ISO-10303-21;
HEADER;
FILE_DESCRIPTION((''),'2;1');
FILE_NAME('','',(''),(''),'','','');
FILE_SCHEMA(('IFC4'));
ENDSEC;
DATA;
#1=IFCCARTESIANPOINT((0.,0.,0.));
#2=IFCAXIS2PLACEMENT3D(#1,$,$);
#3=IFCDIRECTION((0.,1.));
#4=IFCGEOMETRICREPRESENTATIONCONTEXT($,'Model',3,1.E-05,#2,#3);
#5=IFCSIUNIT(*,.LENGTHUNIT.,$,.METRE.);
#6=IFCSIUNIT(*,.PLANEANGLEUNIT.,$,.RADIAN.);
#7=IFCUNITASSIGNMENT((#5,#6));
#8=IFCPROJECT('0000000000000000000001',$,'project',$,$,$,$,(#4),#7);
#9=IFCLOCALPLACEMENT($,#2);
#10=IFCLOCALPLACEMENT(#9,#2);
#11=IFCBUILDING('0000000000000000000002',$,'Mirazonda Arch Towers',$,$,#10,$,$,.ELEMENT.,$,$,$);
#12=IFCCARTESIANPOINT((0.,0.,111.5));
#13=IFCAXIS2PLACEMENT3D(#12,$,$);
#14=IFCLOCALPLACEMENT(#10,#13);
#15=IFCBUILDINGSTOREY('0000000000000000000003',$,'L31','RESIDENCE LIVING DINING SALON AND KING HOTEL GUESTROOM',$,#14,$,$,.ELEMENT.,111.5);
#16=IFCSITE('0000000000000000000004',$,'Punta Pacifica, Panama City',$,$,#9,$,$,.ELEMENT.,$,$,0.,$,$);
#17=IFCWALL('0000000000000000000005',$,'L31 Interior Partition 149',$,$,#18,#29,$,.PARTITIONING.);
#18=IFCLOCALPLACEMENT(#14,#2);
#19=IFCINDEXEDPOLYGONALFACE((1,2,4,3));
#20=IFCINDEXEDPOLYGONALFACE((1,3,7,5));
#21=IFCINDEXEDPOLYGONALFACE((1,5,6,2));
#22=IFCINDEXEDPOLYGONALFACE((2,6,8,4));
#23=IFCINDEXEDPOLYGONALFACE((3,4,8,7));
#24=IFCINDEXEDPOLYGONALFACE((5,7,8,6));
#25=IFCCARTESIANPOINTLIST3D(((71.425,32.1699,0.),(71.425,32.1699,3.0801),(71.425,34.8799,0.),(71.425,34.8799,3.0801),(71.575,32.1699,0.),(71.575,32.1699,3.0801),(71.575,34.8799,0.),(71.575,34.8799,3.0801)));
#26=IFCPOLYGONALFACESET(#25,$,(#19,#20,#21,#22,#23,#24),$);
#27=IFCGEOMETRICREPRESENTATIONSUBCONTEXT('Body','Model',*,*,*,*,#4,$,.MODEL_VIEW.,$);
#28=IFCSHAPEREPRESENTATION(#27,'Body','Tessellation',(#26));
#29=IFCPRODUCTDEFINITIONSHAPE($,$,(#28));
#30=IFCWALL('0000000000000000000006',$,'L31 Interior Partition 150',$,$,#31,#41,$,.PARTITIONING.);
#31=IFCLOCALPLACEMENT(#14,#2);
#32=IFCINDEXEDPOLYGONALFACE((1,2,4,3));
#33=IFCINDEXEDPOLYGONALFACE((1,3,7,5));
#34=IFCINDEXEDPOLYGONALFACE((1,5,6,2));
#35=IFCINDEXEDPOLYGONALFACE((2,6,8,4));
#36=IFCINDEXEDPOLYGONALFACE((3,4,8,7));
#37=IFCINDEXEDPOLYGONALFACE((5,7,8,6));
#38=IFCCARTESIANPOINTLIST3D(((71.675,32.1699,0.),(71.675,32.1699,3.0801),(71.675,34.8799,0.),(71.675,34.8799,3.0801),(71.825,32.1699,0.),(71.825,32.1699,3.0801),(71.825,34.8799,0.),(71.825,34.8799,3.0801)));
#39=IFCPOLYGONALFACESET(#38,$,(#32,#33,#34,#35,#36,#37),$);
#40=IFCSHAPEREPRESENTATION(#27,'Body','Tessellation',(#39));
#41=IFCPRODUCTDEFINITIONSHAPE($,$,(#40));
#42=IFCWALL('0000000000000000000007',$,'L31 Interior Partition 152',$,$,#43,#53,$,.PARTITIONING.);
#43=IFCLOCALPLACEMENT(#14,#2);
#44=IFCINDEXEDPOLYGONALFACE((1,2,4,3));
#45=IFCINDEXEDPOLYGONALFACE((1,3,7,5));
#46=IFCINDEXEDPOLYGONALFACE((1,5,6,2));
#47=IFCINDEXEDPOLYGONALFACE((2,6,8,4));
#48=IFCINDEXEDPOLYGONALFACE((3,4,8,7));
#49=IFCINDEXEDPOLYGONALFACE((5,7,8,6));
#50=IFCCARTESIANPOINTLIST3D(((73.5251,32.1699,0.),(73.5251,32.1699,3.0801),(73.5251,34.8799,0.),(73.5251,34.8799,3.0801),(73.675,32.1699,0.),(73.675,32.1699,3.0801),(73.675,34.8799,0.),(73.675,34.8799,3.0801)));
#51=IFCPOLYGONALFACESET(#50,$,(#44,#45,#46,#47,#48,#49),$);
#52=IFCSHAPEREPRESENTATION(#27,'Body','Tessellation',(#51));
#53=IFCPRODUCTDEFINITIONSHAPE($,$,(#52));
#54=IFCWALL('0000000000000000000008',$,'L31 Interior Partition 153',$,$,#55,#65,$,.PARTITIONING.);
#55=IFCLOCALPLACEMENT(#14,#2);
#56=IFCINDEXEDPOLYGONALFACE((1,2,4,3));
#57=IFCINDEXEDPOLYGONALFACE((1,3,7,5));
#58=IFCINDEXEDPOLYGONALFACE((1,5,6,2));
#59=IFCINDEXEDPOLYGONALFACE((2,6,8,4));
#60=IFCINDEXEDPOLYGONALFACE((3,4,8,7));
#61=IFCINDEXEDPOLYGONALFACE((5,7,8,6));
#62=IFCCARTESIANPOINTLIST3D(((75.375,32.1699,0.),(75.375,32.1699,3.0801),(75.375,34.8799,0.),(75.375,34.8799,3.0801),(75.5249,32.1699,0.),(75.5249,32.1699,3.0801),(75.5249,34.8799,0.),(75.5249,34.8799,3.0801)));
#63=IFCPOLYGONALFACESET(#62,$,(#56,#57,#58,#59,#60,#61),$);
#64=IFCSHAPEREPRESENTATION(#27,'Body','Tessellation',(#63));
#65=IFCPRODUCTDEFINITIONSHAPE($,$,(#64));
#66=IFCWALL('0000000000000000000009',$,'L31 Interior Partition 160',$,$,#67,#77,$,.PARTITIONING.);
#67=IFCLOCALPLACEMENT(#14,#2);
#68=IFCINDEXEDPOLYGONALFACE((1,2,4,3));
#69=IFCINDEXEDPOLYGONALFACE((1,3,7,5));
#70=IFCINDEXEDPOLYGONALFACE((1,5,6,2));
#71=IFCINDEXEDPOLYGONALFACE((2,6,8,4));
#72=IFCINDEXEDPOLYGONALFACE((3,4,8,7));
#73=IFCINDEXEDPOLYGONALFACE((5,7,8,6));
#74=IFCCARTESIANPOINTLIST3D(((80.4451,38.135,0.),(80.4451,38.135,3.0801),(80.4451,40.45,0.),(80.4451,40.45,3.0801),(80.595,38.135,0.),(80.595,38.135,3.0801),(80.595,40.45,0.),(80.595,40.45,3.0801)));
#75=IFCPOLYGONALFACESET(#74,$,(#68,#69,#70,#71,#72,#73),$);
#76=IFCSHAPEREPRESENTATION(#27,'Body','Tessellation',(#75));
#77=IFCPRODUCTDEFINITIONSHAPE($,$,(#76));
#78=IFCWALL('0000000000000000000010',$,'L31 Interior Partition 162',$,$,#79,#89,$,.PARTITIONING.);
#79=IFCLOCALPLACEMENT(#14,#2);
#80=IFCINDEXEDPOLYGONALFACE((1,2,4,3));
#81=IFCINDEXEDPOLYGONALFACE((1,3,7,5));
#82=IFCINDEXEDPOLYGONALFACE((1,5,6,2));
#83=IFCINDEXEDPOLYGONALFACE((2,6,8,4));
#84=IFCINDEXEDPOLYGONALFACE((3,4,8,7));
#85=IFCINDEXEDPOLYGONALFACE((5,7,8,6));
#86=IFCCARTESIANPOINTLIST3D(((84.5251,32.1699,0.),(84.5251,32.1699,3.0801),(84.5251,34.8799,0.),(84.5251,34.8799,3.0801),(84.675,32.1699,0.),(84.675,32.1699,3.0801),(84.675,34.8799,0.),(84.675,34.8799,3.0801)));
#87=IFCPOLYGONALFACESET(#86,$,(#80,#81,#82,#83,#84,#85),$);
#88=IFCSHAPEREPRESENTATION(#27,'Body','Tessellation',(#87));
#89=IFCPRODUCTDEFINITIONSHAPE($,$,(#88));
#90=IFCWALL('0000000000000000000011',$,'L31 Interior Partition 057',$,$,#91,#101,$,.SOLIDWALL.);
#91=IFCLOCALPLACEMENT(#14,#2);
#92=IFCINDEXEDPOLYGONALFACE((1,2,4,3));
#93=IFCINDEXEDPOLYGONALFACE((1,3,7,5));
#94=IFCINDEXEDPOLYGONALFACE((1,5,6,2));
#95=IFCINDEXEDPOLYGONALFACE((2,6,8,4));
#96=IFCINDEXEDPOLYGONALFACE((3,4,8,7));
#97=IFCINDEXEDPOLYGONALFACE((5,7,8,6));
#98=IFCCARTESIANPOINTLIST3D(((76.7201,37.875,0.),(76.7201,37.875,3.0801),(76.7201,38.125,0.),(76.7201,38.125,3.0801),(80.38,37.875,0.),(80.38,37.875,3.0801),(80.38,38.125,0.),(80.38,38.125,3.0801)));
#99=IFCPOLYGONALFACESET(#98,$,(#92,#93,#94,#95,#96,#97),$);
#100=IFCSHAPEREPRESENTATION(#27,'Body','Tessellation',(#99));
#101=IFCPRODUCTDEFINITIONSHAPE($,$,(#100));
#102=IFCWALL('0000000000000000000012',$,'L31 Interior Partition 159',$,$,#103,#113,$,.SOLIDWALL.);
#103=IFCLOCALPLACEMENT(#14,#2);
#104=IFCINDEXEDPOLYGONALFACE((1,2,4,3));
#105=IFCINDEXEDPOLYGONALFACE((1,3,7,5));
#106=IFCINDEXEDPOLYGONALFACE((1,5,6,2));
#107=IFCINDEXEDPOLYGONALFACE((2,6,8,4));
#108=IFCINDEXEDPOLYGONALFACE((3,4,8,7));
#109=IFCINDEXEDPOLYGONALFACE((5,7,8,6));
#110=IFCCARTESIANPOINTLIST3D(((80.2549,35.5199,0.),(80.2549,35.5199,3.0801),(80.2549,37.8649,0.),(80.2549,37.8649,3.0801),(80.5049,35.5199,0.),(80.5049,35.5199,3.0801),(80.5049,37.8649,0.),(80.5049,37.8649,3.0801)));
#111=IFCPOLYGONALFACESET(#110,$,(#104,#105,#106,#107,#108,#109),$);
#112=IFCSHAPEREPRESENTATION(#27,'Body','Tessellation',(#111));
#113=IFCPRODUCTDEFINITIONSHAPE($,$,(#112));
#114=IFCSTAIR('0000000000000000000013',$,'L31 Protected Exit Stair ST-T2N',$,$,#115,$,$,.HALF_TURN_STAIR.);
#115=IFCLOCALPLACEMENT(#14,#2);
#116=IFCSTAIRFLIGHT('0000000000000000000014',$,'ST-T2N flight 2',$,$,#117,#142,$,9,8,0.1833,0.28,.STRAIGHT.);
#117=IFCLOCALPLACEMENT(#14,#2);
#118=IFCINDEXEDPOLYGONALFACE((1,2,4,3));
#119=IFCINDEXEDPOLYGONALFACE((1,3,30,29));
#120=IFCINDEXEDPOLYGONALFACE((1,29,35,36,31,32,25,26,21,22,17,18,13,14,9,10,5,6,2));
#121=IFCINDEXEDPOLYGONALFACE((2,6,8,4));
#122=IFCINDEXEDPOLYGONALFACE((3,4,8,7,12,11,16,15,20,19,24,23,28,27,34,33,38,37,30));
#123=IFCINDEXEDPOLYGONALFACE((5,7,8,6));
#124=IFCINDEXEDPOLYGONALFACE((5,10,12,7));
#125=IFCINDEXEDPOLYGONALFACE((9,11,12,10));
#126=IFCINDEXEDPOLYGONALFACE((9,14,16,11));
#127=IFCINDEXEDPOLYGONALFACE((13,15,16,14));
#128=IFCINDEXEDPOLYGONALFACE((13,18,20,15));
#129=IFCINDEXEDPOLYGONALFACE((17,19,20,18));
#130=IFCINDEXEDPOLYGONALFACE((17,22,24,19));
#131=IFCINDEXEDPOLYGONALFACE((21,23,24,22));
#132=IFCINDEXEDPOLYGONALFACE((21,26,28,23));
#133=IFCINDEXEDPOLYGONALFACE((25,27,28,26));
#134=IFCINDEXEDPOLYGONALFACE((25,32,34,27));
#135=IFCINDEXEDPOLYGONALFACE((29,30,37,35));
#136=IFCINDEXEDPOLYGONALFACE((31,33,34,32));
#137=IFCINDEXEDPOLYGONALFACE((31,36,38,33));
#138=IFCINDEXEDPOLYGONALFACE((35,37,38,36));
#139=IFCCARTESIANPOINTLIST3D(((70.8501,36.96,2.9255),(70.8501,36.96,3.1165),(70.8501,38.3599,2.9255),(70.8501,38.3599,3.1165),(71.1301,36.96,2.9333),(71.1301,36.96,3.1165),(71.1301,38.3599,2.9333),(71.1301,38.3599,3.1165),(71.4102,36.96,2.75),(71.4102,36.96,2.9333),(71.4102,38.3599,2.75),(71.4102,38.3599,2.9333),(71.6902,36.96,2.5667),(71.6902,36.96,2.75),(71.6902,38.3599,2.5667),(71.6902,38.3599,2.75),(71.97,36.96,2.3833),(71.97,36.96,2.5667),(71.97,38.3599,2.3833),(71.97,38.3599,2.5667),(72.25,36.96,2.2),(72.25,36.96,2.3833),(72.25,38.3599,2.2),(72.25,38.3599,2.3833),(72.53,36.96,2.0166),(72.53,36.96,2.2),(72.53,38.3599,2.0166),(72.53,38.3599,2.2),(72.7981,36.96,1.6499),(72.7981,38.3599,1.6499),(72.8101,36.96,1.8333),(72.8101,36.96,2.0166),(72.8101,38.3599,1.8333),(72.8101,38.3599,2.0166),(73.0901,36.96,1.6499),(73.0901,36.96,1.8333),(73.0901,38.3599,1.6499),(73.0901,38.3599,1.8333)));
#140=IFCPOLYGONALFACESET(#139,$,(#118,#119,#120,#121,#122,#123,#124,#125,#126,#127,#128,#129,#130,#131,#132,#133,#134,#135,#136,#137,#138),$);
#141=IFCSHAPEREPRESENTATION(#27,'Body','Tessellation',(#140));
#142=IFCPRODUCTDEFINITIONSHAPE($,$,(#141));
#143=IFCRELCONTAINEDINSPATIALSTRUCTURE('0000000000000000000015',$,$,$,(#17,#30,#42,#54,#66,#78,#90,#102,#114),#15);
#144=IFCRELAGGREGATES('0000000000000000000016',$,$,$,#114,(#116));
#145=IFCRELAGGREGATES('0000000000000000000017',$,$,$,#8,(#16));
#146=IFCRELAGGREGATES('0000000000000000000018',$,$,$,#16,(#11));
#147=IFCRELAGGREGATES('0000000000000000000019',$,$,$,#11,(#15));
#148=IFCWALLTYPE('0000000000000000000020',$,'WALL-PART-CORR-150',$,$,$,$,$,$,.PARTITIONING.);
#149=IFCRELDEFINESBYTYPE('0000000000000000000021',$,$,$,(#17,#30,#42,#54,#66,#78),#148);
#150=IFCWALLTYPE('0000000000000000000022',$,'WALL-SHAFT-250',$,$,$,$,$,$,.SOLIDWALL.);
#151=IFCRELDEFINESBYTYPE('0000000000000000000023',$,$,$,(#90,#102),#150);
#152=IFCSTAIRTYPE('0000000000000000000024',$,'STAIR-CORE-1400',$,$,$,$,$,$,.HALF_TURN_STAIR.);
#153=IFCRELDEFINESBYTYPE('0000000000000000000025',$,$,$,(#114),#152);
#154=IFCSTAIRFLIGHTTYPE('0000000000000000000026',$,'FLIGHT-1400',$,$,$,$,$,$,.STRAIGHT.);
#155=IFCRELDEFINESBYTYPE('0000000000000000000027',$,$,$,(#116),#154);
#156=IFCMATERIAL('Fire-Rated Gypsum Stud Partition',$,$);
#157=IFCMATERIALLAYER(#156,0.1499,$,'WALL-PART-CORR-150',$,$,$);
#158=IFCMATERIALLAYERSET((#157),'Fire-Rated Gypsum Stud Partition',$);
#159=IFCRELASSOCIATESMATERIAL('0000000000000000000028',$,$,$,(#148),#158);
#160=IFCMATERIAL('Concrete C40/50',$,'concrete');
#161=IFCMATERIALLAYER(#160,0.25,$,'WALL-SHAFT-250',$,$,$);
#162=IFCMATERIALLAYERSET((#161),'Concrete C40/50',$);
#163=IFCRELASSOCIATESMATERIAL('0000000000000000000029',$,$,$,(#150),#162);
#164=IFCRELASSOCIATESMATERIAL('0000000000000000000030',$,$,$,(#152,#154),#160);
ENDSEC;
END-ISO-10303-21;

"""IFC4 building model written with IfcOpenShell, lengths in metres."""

from ifc_helpers import new_model, si_unit, direction, frame, frame_2d, origin, place, context, subcontext, project, spatial, polyline, rectangle, outline, extrude, material, layer, layer_set, type_object, element, aggregate, save


model = new_model("IFC4")

# Units and contexts
model_context = context("Model", 3, precision=1e-05, world=origin(), true_north=direction((0.0, 1.0)))
body_context = subcontext(model_context, "Body", "Model", "MODEL_VIEW")
ifc_project = project(units=[si_unit("LENGTHUNIT", "METRE"), si_unit("PLANEANGLEUNIT", "RADIAN")], contexts=[model_context])

# Site, building, storey
site_placement = place(None, origin())
site = spatial("IfcSite", under=ifc_project, at=site_placement, Name="Punta Pacifica, Panama City", CompositionType="ELEMENT", RefElevation=0.0)
building_placement = place(site_placement, origin())
building = spatial("IfcBuilding", under=site, at=building_placement, Name="Mirazonda Arch Towers", CompositionType="ELEMENT")
storey_placement = place(building_placement, frame((0.0, 0.0, 111.5)))
storey = spatial("IfcBuildingStorey", under=building, at=storey_placement, Name="L31", Description="RESIDENCE LIVING DINING SALON AND KING HOTEL GUESTROOM", CompositionType="ELEMENT", Elevation=111.5)

# Shared definitions
ifc_material_1 = material(Name="Concrete C40/50", Category="concrete")

# Walls
ifc_material_2 = material(Name="Fire-Rated Gypsum Stud Partition")
ifc_layer_1 = layer(ifc_material_2, 0.1499, Name="WALL-PART-CORR-150")
ifc_layer_set_1 = layer_set([ifc_layer_1], Name="Fire-Rated Gypsum Stud Partition")
wall_type_1 = type_object("IfcWallType", Name="WALL-PART-CORR-150", PredefinedType="PARTITIONING", material=ifc_layer_set_1)
for number, where, z_axis, x_axis, name in (
    (1, (71.5, 32.1699, 0.0), (0.0, 0.0, 1.0), (0.0, 1.0, 0.0), "L31 Interior Partition 149"),
    (2, (71.75, 32.1699, 0.0), (0.0, 0.0, 1.0), (0.0, 1.0, 0.0), "L31 Interior Partition 150"),
    (3, (73.6001, 32.1699, 0.0), (0.0, 0.0, 1.0), (0.0, 1.0, 0.0), "L31 Interior Partition 152"),
    (4, (75.45, 32.1699, 0.0), (0.0, 0.0, 1.0), (0.0, 1.0, 0.0), "L31 Interior Partition 153"),
):
    element("IfcWall", number, at=place(storey_placement, frame(where, z_axis=z_axis, x_axis=x_axis)), inside=storey, type_object=wall_type_1, Name=name, PredefinedType="PARTITIONING", context=body_context, shape_type="SweptSolid", body=[
        extrude(rectangle(XDim=2.71, YDim=0.1499, at=frame_2d((1.355, 0.0))), origin(), (0.0, 0.0, 1.0), 3.0801),
    ])
wall_1_placement = place(storey_placement, frame((80.52, 38.135, 0.0), z_axis=(0.0, 0.0, 1.0), x_axis=(0.0, 1.0, 0.0)))
element("IfcWall", 5, at=wall_1_placement, inside=storey, type_object=wall_type_1, Name="L31 Interior Partition 160", PredefinedType="PARTITIONING", context=body_context, shape_type="SweptSolid", body=[
    extrude(rectangle(XDim=2.3149, YDim=0.1499, at=frame_2d((1.1575, 0.0))), origin(), (0.0, 0.0, 1.0), 3.0801),
])
wall_2_placement = place(storey_placement, frame((84.6001, 32.1699, 0.0), z_axis=(0.0, 0.0, 1.0), x_axis=(0.0, 1.0, 0.0)))
element("IfcWall", 6, at=wall_2_placement, inside=storey, type_object=wall_type_1, Name="L31 Interior Partition 162", PredefinedType="PARTITIONING", context=body_context, shape_type="SweptSolid", body=[
    extrude(rectangle(XDim=2.71, YDim=0.1499, at=frame_2d((1.355, 0.0))), origin(), (0.0, 0.0, 1.0), 3.0801),
])
ifc_layer_2 = layer(ifc_material_1, 0.25, Name="WALL-SHAFT-250")
ifc_layer_set_2 = layer_set([ifc_layer_2], Name="Concrete C40/50")
wall_type_2 = type_object("IfcWallType", Name="WALL-SHAFT-250", PredefinedType="SOLIDWALL", material=ifc_layer_set_2)
wall_3_placement = place(storey_placement, frame((76.72, 38.0, 0.0), z_axis=(0.0, 0.0, 1.0), x_axis=(1.0, 0.0, 0.0)))
element("IfcWall", 7, at=wall_3_placement, inside=storey, type_object=wall_type_2, Name="L31 Interior Partition 057", PredefinedType="SOLIDWALL", context=body_context, shape_type="SweptSolid", body=[
    extrude(rectangle(XDim=3.6599, YDim=0.25, at=frame_2d((1.8301, 0.0))), origin(), (0.0, 0.0, 1.0), 3.0801),
])
wall_4_placement = place(storey_placement, frame((80.3799, 35.52, 0.0), z_axis=(0.0, 0.0, 1.0), x_axis=(0.0, 1.0, 0.0)))
element("IfcWall", 8, at=wall_4_placement, inside=storey, type_object=wall_type_2, Name="L31 Interior Partition 159", PredefinedType="SOLIDWALL", context=body_context, shape_type="SweptSolid", body=[
    extrude(rectangle(XDim=2.345, YDim=0.25, at=frame_2d((1.1724, 0.0))), origin(), (0.0, 0.0, 1.0), 3.0801),
])

# Stair, stair flight
stair_type = type_object("IfcStairType", Name="STAIR-CORE-1400", PredefinedType="HALF_TURN_STAIR", material=ifc_material_1)
stair_placement = place(storey_placement, origin())
stair = element("IfcStair", 9, at=stair_placement, inside=storey, type_object=stair_type, Name="L31 Protected Exit Stair ST-T2N", PredefinedType="HALF_TURN_STAIR")
stair_flight_type = type_object("IfcStairFlightType", Name="FLIGHT-1400", PredefinedType="STRAIGHT", material=ifc_material_1)
stair_flight_placement = place(storey_placement, frame((73.0901, 37.6599, 1.6499), z_axis=(0.0, 0.0, 1.0), x_axis=(-1.0, 0.0, 0.0)))
stair_flight = element("IfcStairFlight", 10, at=stair_flight_placement, type_object=stair_flight_type, Name="ST-T2N flight 2", NumberOfRisers=9, NumberOfTreads=8, PredefinedType="STRAIGHT", RiserHeight=0.1833, TreadLength=0.28, context=body_context, shape_type="SweptSolid", body=[
    extrude(outline(polyline([(0.0, 0.0), (0.0, 0.1833), (0.28, 0.1833), (0.28, 0.3667), (0.5601, 0.3667), (0.5601, 0.55), (0.8401, 0.55), (0.8401, 0.7334), (1.1201, 0.7334), (1.1201, 0.9167), (1.3999, 0.9167), (1.3999, 1.1001), (1.6799, 1.1001), (1.6799, 1.2834), (1.96, 1.2834), (1.96, 1.4666), (2.24, 1.4666), (2.24, 1.6499), (2.24, 1.2756), (0.292, 0.0), (0.0, 0.0)])), frame((0.0, 0.7, 0.0), z_axis=(0.0, -1.0, 0.0), x_axis=(1.0, 0.0, 0.0)), (0.0, 0.0, 1.0), 1.3999),
])
aggregate(stair, [stair_flight])

save(model, "model.ifc")
